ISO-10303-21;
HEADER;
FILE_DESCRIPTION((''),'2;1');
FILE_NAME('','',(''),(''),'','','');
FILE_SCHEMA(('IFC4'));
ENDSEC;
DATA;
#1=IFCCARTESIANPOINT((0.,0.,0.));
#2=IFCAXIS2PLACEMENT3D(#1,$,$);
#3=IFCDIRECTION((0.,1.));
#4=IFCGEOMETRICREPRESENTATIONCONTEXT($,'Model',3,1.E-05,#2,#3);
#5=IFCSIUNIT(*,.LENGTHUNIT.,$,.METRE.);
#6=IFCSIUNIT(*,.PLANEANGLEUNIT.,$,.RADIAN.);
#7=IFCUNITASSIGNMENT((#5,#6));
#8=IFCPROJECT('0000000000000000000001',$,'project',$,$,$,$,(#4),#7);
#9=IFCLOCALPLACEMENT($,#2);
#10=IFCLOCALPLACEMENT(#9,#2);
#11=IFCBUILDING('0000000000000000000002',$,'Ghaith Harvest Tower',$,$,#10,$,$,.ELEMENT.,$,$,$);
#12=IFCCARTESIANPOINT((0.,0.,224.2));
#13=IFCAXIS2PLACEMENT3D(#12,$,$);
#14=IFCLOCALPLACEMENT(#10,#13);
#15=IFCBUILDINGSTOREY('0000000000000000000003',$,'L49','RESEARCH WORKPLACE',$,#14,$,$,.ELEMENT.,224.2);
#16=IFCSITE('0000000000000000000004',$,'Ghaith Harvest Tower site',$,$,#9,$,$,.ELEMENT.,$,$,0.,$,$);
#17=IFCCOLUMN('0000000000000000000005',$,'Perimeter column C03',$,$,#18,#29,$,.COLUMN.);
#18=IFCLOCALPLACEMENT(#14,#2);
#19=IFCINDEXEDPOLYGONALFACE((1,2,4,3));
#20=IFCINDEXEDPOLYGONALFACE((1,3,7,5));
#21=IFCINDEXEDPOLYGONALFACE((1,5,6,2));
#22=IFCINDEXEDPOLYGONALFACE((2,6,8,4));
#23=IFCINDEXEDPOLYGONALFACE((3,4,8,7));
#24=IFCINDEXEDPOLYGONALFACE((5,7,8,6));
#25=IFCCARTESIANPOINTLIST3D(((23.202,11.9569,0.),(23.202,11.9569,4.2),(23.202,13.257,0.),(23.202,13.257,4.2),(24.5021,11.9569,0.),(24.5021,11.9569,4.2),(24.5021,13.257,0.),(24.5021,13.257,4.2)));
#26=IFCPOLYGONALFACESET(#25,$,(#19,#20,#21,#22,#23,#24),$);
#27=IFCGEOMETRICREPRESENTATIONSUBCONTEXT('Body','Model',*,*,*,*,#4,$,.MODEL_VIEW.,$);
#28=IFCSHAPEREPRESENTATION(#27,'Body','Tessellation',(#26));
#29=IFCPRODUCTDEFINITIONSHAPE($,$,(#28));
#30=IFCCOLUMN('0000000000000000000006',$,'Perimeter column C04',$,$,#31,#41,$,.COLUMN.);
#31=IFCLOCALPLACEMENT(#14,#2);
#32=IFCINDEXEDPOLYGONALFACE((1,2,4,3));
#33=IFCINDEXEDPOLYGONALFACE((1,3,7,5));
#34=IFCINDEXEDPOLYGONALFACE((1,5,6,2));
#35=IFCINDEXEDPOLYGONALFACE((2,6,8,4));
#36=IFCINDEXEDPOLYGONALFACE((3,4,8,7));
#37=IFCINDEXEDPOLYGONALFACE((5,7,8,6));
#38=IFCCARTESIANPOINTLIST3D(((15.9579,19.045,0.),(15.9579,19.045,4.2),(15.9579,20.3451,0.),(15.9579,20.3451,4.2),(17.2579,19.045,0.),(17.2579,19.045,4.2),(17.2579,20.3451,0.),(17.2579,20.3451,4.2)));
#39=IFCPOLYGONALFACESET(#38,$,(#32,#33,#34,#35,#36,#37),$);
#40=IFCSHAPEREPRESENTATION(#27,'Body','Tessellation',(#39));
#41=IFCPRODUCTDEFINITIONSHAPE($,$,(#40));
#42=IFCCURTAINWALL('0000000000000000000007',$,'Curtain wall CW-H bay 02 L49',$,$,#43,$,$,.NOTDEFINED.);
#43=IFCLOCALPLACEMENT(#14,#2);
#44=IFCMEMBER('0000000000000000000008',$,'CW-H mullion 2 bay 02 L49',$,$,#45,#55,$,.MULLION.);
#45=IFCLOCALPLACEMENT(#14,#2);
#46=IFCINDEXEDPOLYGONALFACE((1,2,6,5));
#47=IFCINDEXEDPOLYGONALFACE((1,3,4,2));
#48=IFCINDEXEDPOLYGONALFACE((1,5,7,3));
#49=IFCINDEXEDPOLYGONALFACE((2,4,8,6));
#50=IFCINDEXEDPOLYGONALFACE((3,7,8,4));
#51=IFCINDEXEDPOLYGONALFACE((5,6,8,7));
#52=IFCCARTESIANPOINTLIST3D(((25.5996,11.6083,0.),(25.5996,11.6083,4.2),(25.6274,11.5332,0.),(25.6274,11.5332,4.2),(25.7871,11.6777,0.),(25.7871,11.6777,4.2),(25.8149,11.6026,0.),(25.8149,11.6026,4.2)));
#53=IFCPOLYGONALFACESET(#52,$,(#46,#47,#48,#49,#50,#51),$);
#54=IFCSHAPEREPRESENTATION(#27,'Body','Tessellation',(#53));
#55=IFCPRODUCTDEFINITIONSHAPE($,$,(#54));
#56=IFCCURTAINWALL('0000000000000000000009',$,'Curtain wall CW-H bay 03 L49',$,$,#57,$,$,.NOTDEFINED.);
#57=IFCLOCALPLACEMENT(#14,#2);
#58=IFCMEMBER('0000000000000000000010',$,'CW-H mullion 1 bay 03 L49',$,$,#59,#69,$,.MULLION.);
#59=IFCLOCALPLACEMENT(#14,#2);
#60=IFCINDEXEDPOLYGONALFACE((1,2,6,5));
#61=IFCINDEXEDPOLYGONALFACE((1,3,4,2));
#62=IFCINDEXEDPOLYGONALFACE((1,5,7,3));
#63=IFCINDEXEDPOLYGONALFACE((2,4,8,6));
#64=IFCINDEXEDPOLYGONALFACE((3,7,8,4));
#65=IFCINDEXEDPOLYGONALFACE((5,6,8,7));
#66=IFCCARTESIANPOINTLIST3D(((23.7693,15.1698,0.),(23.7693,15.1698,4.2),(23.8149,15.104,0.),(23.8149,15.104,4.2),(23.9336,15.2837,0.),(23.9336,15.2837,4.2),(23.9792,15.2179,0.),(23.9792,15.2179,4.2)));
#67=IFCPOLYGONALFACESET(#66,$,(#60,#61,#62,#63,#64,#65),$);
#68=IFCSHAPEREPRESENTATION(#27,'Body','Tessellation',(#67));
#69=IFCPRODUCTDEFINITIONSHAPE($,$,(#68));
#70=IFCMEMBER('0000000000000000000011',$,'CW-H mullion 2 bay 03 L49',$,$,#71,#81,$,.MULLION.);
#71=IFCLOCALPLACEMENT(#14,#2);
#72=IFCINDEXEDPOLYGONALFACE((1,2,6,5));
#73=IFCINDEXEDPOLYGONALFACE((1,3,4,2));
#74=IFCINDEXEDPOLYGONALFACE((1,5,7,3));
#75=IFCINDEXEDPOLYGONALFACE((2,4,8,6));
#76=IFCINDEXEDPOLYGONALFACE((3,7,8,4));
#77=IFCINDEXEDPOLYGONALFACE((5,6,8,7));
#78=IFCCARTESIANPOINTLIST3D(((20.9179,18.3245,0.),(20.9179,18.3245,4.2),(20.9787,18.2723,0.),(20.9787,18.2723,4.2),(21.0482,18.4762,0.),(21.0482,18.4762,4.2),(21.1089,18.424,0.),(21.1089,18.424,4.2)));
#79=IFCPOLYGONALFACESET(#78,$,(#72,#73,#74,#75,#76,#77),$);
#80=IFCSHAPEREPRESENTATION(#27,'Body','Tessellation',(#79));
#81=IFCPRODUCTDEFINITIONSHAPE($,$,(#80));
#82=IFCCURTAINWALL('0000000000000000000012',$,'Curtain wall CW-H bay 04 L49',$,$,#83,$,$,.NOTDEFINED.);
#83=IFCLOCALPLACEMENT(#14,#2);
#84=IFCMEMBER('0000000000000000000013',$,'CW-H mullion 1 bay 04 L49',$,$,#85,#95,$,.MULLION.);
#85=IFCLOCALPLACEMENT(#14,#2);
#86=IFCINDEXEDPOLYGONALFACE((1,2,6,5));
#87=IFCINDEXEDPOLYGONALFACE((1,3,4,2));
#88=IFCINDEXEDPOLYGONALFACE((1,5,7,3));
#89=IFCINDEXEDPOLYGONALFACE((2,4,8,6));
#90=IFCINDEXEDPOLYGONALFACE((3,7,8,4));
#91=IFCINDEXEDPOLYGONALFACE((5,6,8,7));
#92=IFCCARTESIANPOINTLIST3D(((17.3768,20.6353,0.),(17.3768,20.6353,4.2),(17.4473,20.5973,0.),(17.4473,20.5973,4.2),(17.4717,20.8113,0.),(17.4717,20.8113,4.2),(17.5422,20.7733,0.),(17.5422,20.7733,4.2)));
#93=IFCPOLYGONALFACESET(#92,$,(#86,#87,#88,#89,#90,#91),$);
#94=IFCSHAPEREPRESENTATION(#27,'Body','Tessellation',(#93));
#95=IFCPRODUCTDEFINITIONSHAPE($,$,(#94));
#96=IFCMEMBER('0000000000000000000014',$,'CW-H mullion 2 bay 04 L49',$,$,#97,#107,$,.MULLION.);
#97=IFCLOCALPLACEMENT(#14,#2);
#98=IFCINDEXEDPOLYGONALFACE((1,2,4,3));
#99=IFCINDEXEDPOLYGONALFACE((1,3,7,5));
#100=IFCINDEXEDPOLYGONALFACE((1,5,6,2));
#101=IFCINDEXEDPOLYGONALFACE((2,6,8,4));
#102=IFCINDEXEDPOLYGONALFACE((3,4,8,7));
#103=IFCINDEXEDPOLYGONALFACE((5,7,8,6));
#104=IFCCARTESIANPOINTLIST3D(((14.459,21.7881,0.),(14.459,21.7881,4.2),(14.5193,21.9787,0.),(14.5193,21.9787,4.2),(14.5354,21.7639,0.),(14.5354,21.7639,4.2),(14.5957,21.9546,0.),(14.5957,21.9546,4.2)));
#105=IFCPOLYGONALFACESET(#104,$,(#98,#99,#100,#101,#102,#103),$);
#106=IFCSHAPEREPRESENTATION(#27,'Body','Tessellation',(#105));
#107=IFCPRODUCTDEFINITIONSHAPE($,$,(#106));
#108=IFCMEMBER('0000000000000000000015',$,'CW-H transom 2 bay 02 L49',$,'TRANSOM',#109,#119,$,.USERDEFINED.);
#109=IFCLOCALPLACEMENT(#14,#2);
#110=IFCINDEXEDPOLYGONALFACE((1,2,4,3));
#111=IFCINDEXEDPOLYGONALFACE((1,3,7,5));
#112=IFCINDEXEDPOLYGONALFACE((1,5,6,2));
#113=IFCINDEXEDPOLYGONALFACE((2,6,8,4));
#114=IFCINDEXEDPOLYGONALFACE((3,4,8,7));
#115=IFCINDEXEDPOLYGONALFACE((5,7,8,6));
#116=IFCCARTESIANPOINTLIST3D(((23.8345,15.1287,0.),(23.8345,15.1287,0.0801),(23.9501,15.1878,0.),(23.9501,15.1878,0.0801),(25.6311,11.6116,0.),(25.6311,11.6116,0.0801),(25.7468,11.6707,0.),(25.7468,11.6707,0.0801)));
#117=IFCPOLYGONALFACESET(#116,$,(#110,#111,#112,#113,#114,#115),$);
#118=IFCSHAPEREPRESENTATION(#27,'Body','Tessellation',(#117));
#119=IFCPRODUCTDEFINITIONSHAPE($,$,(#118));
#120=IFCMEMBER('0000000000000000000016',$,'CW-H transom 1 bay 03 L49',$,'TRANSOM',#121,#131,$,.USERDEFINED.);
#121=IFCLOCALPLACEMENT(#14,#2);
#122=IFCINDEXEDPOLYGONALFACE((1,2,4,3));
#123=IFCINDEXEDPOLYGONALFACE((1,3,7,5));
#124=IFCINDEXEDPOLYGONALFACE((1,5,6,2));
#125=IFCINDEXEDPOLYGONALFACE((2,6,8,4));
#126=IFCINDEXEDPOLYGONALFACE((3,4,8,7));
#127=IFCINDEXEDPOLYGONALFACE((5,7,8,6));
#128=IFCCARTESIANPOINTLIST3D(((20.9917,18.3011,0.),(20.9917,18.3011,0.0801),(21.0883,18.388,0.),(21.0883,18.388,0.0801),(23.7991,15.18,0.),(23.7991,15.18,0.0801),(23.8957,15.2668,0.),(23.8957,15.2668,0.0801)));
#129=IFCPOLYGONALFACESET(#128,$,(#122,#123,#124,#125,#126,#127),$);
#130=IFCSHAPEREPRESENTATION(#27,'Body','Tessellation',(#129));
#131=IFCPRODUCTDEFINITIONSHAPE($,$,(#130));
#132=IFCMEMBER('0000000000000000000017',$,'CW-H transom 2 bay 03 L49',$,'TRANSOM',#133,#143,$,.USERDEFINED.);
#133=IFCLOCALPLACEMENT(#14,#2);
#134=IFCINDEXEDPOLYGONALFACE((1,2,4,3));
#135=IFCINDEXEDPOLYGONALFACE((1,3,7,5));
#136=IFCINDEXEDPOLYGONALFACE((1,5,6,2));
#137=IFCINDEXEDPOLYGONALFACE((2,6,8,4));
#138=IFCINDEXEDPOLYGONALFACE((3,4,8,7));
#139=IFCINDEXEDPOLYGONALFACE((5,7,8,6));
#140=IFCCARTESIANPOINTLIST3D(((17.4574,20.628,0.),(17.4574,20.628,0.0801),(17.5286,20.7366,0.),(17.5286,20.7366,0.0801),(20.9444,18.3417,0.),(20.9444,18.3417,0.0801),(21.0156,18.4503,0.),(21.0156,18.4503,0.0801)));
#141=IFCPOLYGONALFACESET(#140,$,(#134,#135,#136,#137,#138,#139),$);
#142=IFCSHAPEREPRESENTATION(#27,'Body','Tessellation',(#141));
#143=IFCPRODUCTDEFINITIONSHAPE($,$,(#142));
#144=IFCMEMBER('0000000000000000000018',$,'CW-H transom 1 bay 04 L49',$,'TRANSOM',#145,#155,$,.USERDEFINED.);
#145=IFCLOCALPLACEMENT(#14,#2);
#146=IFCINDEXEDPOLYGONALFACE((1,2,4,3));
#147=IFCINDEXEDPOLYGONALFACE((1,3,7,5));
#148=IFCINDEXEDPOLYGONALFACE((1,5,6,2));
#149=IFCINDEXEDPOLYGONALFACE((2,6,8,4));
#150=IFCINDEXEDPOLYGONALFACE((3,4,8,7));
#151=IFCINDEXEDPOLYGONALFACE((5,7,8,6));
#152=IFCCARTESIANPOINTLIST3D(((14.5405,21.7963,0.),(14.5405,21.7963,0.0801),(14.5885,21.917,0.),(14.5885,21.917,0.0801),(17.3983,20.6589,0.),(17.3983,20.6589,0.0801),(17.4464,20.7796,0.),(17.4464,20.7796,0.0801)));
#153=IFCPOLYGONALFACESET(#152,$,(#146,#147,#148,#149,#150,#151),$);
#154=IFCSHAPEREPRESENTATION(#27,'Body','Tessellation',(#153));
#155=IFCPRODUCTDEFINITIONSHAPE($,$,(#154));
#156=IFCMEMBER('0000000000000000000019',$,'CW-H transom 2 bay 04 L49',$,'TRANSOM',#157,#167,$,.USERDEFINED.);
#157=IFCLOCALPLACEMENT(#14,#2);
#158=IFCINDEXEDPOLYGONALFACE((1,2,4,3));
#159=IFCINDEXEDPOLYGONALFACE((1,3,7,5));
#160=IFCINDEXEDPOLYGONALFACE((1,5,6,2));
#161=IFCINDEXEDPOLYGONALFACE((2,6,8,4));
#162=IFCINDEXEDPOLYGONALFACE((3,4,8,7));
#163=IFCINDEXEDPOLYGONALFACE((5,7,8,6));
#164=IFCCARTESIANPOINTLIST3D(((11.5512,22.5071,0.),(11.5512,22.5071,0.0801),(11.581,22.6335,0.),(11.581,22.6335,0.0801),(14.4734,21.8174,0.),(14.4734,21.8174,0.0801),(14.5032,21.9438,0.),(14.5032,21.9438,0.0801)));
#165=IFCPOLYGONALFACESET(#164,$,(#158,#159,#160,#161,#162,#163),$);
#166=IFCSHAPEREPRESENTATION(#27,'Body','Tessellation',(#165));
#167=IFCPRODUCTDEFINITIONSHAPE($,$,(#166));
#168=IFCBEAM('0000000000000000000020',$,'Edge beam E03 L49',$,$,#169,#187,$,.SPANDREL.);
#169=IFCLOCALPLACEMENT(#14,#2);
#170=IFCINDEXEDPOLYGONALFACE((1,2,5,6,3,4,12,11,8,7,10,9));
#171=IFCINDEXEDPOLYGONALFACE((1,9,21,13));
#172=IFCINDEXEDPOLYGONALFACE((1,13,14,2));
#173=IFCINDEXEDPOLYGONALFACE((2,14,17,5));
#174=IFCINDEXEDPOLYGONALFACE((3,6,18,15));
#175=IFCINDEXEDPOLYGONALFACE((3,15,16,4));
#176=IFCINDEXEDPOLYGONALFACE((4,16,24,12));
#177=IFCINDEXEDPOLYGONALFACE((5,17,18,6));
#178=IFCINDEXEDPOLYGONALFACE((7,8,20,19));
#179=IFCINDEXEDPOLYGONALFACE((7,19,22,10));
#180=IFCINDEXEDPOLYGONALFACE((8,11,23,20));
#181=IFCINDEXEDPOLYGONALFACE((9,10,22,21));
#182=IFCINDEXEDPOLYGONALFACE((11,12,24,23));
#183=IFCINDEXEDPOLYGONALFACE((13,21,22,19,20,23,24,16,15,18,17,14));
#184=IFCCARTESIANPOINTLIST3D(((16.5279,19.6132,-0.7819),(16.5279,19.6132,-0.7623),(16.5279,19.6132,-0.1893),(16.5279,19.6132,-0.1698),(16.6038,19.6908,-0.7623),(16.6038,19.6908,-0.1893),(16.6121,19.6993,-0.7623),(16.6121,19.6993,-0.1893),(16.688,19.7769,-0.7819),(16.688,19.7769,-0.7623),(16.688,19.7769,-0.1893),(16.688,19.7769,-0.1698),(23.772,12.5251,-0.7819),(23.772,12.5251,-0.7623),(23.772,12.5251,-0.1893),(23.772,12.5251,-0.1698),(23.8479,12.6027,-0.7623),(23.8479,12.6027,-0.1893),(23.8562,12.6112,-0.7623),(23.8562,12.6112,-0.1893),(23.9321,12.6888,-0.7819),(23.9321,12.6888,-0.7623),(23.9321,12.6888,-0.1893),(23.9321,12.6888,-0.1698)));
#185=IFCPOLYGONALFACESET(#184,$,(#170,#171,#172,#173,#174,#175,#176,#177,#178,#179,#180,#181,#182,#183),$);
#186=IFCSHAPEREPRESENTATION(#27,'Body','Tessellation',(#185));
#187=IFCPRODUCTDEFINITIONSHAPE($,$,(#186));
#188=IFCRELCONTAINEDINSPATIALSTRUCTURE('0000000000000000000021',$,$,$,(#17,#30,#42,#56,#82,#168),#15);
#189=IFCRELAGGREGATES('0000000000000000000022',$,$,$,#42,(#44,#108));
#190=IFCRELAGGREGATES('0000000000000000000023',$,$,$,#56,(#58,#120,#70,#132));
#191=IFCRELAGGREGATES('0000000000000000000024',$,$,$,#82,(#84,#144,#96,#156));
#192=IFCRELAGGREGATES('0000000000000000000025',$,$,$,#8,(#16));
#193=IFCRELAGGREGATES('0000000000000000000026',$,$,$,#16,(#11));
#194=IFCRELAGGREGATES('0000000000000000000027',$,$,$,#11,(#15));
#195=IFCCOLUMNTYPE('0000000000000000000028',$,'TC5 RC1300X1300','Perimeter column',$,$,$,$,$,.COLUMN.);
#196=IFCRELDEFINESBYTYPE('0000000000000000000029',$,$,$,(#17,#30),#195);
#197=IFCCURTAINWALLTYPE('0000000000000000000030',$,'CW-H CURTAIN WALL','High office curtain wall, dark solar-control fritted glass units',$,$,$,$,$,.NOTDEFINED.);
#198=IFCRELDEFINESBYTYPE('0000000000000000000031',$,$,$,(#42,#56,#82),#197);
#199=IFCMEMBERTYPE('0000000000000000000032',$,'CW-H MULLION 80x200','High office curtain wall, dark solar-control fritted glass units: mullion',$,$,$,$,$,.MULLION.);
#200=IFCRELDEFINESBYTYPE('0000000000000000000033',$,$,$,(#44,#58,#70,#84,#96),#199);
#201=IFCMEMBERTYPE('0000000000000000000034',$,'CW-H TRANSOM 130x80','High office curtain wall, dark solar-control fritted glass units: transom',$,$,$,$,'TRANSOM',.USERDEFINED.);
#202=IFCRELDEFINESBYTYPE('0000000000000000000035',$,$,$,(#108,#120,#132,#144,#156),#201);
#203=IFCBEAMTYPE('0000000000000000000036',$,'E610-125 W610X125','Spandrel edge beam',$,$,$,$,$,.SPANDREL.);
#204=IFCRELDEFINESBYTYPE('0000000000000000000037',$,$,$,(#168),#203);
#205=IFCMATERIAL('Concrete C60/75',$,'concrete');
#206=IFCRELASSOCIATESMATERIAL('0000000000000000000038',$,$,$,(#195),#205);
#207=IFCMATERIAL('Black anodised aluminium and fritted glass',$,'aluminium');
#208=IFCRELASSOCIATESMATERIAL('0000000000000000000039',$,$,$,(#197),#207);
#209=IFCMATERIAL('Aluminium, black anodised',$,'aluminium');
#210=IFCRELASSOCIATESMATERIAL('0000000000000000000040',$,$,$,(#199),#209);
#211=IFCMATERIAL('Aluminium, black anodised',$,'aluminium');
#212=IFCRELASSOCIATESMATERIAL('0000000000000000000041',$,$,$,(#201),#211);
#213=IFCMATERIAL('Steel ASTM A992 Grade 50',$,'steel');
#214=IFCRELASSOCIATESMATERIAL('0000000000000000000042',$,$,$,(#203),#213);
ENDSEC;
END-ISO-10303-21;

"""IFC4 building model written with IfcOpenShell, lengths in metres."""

from ifc_helpers import new_model, si_unit, direction, frame, origin, origin_2d, place, context, subcontext, project, spatial, rectangle, i_section, extrude, material, material_profile, profile_set, type_object, element, aggregate, save


model = new_model("IFC4")

# Units and contexts
model_context = context("Model", 3, precision=1e-05, world=origin(), true_north=direction((0.0, 1.0)))
body_context = subcontext(model_context, "Body", "Model", "MODEL_VIEW")
ifc_project = project(units=[si_unit("LENGTHUNIT", "METRE"), si_unit("PLANEANGLEUNIT", "RADIAN")], contexts=[model_context])

# Site, building, storey
site_placement = place(None, origin())
site = spatial("IfcSite", under=ifc_project, at=site_placement, Name="Ghaith Harvest Tower site", CompositionType="ELEMENT", RefElevation=0.0)
building_placement = place(site_placement, origin())
building = spatial("IfcBuilding", under=site, at=building_placement, Name="Ghaith Harvest Tower", CompositionType="ELEMENT")
storey_placement = place(building_placement, frame((0.0, 0.0, 224.2)))
storey = spatial("IfcBuildingStorey", under=building, at=storey_placement, Name="L49", Description="RESEARCH WORKPLACE", CompositionType="ELEMENT", Elevation=224.2)

# Columns
ifc_material_1 = material(Name="Concrete C60/75", Category="concrete")
ifc_material_profile_1 = material_profile(ifc_material_1, rectangle(XDim=1.3, YDim=1.3, at=origin_2d()), Name="RC1300X1300")
ifc_profile_set_1 = profile_set([ifc_material_profile_1], Name="Concrete C60/75")
column_type = type_object("IfcColumnType", Name="TC5 RC1300X1300", Description="Perimeter column", PredefinedType="COLUMN", material=ifc_profile_set_1)
for number, where, z_axis, x_axis, name in (
    (1, (23.8521, 12.6069, 0.0), (0.0, 0.0, 1.0), (1.0, 0.0, 0.0), "Perimeter column C03"),
    (2, (16.6079, 19.6951, 0.0), (0.0, 0.0, 1.0), (1.0, 0.0, 0.0), "Perimeter column C04"),
):
    element("IfcColumn", number, at=place(storey_placement, frame(where, z_axis=z_axis, x_axis=x_axis)), inside=storey, type_object=column_type, Name=name, PredefinedType="COLUMN", context=body_context, shape_type="SweptSolid", body=[
        extrude(rectangle(XDim=1.3, YDim=1.3, at=origin_2d()), origin(), (0.0, 0.0, 1.0), 4.2),
    ])

# Curtain wall, member
ifc_material_2 = material(Name="Black anodised aluminium and fritted glass", Category="aluminium")
curtain_wall_type = type_object("IfcCurtainWallType", Name="CW-H CURTAIN WALL", Description="High office curtain wall, dark solar-control fritted glass units", PredefinedType="NOTDEFINED", material=ifc_material_2)
curtain_wall_1_placement = place(storey_placement, origin())
curtain_wall_1 = element("IfcCurtainWall", 3, at=curtain_wall_1_placement, inside=storey, type_object=curtain_wall_type, Name="Curtain wall CW-H bay 02 L49", PredefinedType="NOTDEFINED")
ifc_material_3 = material(Name="Aluminium, black anodised", Category="aluminium")
ifc_material_profile_2 = material_profile(ifc_material_3, rectangle(XDim=0.0801, YDim=0.2, at=origin_2d()), Name="CW-H MULLION 80x200")
ifc_profile_set_2 = profile_set([ifc_material_profile_2], Name="Aluminium, black anodised")
member_type_1 = type_object("IfcMemberType", Name="CW-H MULLION 80x200", Description="High office curtain wall, dark solar-control fritted glass units: mullion", PredefinedType="MULLION", material=ifc_profile_set_2)
member_1_placement = place(storey_placement, frame((25.7073, 11.6055, 0.0), z_axis=(0.0, 0.0, 1.0), x_axis=(-0.347012, 0.937861, 0.0)))
member_1 = element("IfcMember", 4, at=member_1_placement, type_object=member_type_1, Name="CW-H mullion 2 bay 02 L49", PredefinedType="MULLION", context=body_context, shape_type="SweptSolid", body=[
    extrude(rectangle(XDim=0.0801, YDim=0.2, at=origin_2d()), origin(), (0.0, 0.0, 1.0), 4.2),
])

# Curtain walls, members
curtain_wall_2_placement = place(storey_placement, origin())
curtain_wall_2 = element("IfcCurtainWall", 5, at=curtain_wall_2_placement, inside=storey, type_object=curtain_wall_type, Name="Curtain wall CW-H bay 03 L49", PredefinedType="NOTDEFINED")
member_2_placement = place(storey_placement, frame((23.8743, 15.1938, 0.0), z_axis=(0.0, 0.0, 1.0), x_axis=(-0.569847, 0.821751, 0.0)))
member_2 = element("IfcMember", 6, at=member_2_placement, type_object=member_type_1, Name="CW-H mullion 1 bay 03 L49", PredefinedType="MULLION", context=body_context, shape_type="SweptSolid", body=[
    extrude(rectangle(XDim=0.0801, YDim=0.2, at=origin_2d()), origin(), (0.0, 0.0, 1.0), 4.2),
])
member_3_placement = place(storey_placement, frame((21.0134, 18.3743, 0.0), z_axis=(0.0, 0.0, 1.0), x_axis=(-0.758541, 0.651625, 0.0)))
member_3 = element("IfcMember", 7, at=member_3_placement, type_object=member_type_1, Name="CW-H mullion 2 bay 03 L49", PredefinedType="MULLION", context=body_context, shape_type="SweptSolid", body=[
    extrude(rectangle(XDim=0.0801, YDim=0.2, at=origin_2d()), origin(), (0.0, 0.0, 1.0), 4.2),
])
curtain_wall_3_placement = place(storey_placement, origin())
curtain_wall_3 = element("IfcCurtainWall", 8, at=curtain_wall_3_placement, inside=storey, type_object=curtain_wall_type, Name="Curtain wall CW-H bay 04 L49", PredefinedType="NOTDEFINED")
member_4_placement = place(storey_placement, frame((17.4595, 20.7043, 0.0), z_axis=(0.0, 0.0, 1.0), x_axis=(-0.880203, 0.474597, 0.0)))
member_4 = element("IfcMember", 9, at=member_4_placement, type_object=member_type_1, Name="CW-H mullion 1 bay 04 L49", PredefinedType="MULLION", context=body_context, shape_type="SweptSolid", body=[
    extrude(rectangle(XDim=0.0801, YDim=0.2, at=origin_2d()), origin(), (0.0, 0.0, 1.0), 4.2),
])
member_5_placement = place(storey_placement, frame((14.5273, 21.8713, 0.0), z_axis=(0.0, 0.0, 1.0), x_axis=(-0.953503, 0.301384, 0.0)))
member_5 = element("IfcMember", 10, at=member_5_placement, type_object=member_type_1, Name="CW-H mullion 2 bay 04 L49", PredefinedType="MULLION", context=body_context, shape_type="SweptSolid", body=[
    extrude(rectangle(XDim=0.0801, YDim=0.2, at=origin_2d()), origin(), (0.0, 0.0, 1.0), 4.2),
])

# Members
ifc_material_4 = material(Name="Aluminium, black anodised", Category="aluminium")
ifc_material_profile_3 = material_profile(ifc_material_4, rectangle(XDim=0.1299, YDim=0.0801, at=origin_2d()), Name="CW-H TRANSOM 130x80")
ifc_profile_set_3 = profile_set([ifc_material_profile_3], Name="Aluminium, black anodised")
member_type_2 = type_object("IfcMemberType", Name="CW-H TRANSOM 130x80", Description="High office curtain wall, dark solar-control fritted glass units: transom", ElementType="TRANSOM", PredefinedType="USERDEFINED", material=ifc_profile_set_3)
member_6_placement = place(storey_placement, frame((25.689, 11.6411, 0.04), z_axis=(-0.454912, 0.890537, 0.0), x_axis=(-0.890537, -0.454912, 0.0)))
member_6 = element("IfcMember", 11, at=member_6_placement, type_object=member_type_2, Name="CW-H transom 2 bay 02 L49", ObjectType="TRANSOM", PredefinedType="USERDEFINED", context=body_context, shape_type="SweptSolid", body=[
    extrude(rectangle(XDim=0.1299, YDim=0.0801, at=origin_2d()), origin(), (0.0, 0.0, 1.0), 3.9495),
])
member_7_placement = place(storey_placement, frame((23.8474, 15.2234, 0.04), z_axis=(-0.668753, 0.743485, 0.0), x_axis=(-0.743485, -0.668753, 0.0)))
member_7 = element("IfcMember", 12, at=member_7_placement, type_object=member_type_2, Name="CW-H transom 1 bay 03 L49", ObjectType="TRANSOM", PredefinedType="USERDEFINED", context=body_context, shape_type="SweptSolid", body=[
    extrude(rectangle(XDim=0.1299, YDim=0.0801, at=origin_2d()), origin(), (0.0, 0.0, 1.0), 4.198),
])
member_8_placement = place(storey_placement, frame((20.98, 18.396, 0.04), z_axis=(-0.836269, 0.54832, 0.0), x_axis=(-0.54832, -0.836269, 0.0)))
member_8 = element("IfcMember", 13, at=member_8_placement, type_object=member_type_2, Name="CW-H transom 2 bay 03 L49", ObjectType="TRANSOM", PredefinedType="USERDEFINED", context=body_context, shape_type="SweptSolid", body=[
    extrude(rectangle(XDim=0.1299, YDim=0.0801, at=origin_2d()), origin(), (0.0, 0.0, 1.0), 4.1697),
])
member_9_placement = place(storey_placement, frame((17.4224, 20.7192, 0.04), z_axis=(-0.929116, 0.369789, 0.0), x_axis=(-0.369789, -0.929116, 0.0)))
member_9 = element("IfcMember", 14, at=member_9_placement, type_object=member_type_2, Name="CW-H transom 1 bay 04 L49", ObjectType="TRANSOM", PredefinedType="USERDEFINED", context=body_context, shape_type="SweptSolid", body=[
    extrude(rectangle(XDim=0.1299, YDim=0.0801, at=origin_2d()), origin(), (0.0, 0.0, 1.0), 3.0759),
])
member_10_placement = place(storey_placement, frame((14.4883, 21.8806, 0.04), z_axis=(-0.973258, 0.229715, 0.0), x_axis=(-0.229715, -0.973258, 0.0)))
member_10 = element("IfcMember", 15, at=member_10_placement, type_object=member_type_2, Name="CW-H transom 2 bay 04 L49", ObjectType="TRANSOM", PredefinedType="USERDEFINED", context=body_context, shape_type="SweptSolid", body=[
    extrude(rectangle(XDim=0.1299, YDim=0.0801, at=origin_2d()), origin(), (0.0, 0.0, 1.0), 3.0024),
])

# Beam
ifc_material_5 = material(Name="Steel ASTM A992 Grade 50", Category="steel")
ifc_material_profile_4 = material_profile(ifc_material_5, i_section(OverallWidth=0.229, OverallDepth=0.6121, WebThickness=0.012, FlangeThickness=0.0195, at=origin_2d()), Name="W610X125")
ifc_profile_set_4 = profile_set([ifc_material_profile_4], Name="Steel ASTM A992 Grade 50")
beam_type = type_object("IfcBeamType", Name="E610-125 W610X125", Description="Spandrel edge beam", PredefinedType="SPANDREL", material=ifc_profile_set_4)
beam_1_placement = place(storey_placement, frame((23.8521, 12.6069, -0.4758), z_axis=(-0.714761, 0.699369, 0.0), x_axis=(-0.699369, -0.714761, 0.0)))
element("IfcBeam", 16, at=beam_1_placement, inside=storey, type_object=beam_type, Name="Edge beam E03 L49", PredefinedType="SPANDREL", context=body_context, shape_type="SweptSolid", body=[
    extrude(i_section(OverallWidth=0.229, OverallDepth=0.6121, WebThickness=0.012, FlangeThickness=0.0195, at=origin_2d()), origin(), (0.0, 0.0, 1.0), 10.135),
])

aggregate(curtain_wall_1, [member_1, member_6])
aggregate(curtain_wall_2, [member_2, member_7, member_3, member_8])
aggregate(curtain_wall_3, [member_4, member_9, member_5, member_10])

save(model, "model.ifc")
